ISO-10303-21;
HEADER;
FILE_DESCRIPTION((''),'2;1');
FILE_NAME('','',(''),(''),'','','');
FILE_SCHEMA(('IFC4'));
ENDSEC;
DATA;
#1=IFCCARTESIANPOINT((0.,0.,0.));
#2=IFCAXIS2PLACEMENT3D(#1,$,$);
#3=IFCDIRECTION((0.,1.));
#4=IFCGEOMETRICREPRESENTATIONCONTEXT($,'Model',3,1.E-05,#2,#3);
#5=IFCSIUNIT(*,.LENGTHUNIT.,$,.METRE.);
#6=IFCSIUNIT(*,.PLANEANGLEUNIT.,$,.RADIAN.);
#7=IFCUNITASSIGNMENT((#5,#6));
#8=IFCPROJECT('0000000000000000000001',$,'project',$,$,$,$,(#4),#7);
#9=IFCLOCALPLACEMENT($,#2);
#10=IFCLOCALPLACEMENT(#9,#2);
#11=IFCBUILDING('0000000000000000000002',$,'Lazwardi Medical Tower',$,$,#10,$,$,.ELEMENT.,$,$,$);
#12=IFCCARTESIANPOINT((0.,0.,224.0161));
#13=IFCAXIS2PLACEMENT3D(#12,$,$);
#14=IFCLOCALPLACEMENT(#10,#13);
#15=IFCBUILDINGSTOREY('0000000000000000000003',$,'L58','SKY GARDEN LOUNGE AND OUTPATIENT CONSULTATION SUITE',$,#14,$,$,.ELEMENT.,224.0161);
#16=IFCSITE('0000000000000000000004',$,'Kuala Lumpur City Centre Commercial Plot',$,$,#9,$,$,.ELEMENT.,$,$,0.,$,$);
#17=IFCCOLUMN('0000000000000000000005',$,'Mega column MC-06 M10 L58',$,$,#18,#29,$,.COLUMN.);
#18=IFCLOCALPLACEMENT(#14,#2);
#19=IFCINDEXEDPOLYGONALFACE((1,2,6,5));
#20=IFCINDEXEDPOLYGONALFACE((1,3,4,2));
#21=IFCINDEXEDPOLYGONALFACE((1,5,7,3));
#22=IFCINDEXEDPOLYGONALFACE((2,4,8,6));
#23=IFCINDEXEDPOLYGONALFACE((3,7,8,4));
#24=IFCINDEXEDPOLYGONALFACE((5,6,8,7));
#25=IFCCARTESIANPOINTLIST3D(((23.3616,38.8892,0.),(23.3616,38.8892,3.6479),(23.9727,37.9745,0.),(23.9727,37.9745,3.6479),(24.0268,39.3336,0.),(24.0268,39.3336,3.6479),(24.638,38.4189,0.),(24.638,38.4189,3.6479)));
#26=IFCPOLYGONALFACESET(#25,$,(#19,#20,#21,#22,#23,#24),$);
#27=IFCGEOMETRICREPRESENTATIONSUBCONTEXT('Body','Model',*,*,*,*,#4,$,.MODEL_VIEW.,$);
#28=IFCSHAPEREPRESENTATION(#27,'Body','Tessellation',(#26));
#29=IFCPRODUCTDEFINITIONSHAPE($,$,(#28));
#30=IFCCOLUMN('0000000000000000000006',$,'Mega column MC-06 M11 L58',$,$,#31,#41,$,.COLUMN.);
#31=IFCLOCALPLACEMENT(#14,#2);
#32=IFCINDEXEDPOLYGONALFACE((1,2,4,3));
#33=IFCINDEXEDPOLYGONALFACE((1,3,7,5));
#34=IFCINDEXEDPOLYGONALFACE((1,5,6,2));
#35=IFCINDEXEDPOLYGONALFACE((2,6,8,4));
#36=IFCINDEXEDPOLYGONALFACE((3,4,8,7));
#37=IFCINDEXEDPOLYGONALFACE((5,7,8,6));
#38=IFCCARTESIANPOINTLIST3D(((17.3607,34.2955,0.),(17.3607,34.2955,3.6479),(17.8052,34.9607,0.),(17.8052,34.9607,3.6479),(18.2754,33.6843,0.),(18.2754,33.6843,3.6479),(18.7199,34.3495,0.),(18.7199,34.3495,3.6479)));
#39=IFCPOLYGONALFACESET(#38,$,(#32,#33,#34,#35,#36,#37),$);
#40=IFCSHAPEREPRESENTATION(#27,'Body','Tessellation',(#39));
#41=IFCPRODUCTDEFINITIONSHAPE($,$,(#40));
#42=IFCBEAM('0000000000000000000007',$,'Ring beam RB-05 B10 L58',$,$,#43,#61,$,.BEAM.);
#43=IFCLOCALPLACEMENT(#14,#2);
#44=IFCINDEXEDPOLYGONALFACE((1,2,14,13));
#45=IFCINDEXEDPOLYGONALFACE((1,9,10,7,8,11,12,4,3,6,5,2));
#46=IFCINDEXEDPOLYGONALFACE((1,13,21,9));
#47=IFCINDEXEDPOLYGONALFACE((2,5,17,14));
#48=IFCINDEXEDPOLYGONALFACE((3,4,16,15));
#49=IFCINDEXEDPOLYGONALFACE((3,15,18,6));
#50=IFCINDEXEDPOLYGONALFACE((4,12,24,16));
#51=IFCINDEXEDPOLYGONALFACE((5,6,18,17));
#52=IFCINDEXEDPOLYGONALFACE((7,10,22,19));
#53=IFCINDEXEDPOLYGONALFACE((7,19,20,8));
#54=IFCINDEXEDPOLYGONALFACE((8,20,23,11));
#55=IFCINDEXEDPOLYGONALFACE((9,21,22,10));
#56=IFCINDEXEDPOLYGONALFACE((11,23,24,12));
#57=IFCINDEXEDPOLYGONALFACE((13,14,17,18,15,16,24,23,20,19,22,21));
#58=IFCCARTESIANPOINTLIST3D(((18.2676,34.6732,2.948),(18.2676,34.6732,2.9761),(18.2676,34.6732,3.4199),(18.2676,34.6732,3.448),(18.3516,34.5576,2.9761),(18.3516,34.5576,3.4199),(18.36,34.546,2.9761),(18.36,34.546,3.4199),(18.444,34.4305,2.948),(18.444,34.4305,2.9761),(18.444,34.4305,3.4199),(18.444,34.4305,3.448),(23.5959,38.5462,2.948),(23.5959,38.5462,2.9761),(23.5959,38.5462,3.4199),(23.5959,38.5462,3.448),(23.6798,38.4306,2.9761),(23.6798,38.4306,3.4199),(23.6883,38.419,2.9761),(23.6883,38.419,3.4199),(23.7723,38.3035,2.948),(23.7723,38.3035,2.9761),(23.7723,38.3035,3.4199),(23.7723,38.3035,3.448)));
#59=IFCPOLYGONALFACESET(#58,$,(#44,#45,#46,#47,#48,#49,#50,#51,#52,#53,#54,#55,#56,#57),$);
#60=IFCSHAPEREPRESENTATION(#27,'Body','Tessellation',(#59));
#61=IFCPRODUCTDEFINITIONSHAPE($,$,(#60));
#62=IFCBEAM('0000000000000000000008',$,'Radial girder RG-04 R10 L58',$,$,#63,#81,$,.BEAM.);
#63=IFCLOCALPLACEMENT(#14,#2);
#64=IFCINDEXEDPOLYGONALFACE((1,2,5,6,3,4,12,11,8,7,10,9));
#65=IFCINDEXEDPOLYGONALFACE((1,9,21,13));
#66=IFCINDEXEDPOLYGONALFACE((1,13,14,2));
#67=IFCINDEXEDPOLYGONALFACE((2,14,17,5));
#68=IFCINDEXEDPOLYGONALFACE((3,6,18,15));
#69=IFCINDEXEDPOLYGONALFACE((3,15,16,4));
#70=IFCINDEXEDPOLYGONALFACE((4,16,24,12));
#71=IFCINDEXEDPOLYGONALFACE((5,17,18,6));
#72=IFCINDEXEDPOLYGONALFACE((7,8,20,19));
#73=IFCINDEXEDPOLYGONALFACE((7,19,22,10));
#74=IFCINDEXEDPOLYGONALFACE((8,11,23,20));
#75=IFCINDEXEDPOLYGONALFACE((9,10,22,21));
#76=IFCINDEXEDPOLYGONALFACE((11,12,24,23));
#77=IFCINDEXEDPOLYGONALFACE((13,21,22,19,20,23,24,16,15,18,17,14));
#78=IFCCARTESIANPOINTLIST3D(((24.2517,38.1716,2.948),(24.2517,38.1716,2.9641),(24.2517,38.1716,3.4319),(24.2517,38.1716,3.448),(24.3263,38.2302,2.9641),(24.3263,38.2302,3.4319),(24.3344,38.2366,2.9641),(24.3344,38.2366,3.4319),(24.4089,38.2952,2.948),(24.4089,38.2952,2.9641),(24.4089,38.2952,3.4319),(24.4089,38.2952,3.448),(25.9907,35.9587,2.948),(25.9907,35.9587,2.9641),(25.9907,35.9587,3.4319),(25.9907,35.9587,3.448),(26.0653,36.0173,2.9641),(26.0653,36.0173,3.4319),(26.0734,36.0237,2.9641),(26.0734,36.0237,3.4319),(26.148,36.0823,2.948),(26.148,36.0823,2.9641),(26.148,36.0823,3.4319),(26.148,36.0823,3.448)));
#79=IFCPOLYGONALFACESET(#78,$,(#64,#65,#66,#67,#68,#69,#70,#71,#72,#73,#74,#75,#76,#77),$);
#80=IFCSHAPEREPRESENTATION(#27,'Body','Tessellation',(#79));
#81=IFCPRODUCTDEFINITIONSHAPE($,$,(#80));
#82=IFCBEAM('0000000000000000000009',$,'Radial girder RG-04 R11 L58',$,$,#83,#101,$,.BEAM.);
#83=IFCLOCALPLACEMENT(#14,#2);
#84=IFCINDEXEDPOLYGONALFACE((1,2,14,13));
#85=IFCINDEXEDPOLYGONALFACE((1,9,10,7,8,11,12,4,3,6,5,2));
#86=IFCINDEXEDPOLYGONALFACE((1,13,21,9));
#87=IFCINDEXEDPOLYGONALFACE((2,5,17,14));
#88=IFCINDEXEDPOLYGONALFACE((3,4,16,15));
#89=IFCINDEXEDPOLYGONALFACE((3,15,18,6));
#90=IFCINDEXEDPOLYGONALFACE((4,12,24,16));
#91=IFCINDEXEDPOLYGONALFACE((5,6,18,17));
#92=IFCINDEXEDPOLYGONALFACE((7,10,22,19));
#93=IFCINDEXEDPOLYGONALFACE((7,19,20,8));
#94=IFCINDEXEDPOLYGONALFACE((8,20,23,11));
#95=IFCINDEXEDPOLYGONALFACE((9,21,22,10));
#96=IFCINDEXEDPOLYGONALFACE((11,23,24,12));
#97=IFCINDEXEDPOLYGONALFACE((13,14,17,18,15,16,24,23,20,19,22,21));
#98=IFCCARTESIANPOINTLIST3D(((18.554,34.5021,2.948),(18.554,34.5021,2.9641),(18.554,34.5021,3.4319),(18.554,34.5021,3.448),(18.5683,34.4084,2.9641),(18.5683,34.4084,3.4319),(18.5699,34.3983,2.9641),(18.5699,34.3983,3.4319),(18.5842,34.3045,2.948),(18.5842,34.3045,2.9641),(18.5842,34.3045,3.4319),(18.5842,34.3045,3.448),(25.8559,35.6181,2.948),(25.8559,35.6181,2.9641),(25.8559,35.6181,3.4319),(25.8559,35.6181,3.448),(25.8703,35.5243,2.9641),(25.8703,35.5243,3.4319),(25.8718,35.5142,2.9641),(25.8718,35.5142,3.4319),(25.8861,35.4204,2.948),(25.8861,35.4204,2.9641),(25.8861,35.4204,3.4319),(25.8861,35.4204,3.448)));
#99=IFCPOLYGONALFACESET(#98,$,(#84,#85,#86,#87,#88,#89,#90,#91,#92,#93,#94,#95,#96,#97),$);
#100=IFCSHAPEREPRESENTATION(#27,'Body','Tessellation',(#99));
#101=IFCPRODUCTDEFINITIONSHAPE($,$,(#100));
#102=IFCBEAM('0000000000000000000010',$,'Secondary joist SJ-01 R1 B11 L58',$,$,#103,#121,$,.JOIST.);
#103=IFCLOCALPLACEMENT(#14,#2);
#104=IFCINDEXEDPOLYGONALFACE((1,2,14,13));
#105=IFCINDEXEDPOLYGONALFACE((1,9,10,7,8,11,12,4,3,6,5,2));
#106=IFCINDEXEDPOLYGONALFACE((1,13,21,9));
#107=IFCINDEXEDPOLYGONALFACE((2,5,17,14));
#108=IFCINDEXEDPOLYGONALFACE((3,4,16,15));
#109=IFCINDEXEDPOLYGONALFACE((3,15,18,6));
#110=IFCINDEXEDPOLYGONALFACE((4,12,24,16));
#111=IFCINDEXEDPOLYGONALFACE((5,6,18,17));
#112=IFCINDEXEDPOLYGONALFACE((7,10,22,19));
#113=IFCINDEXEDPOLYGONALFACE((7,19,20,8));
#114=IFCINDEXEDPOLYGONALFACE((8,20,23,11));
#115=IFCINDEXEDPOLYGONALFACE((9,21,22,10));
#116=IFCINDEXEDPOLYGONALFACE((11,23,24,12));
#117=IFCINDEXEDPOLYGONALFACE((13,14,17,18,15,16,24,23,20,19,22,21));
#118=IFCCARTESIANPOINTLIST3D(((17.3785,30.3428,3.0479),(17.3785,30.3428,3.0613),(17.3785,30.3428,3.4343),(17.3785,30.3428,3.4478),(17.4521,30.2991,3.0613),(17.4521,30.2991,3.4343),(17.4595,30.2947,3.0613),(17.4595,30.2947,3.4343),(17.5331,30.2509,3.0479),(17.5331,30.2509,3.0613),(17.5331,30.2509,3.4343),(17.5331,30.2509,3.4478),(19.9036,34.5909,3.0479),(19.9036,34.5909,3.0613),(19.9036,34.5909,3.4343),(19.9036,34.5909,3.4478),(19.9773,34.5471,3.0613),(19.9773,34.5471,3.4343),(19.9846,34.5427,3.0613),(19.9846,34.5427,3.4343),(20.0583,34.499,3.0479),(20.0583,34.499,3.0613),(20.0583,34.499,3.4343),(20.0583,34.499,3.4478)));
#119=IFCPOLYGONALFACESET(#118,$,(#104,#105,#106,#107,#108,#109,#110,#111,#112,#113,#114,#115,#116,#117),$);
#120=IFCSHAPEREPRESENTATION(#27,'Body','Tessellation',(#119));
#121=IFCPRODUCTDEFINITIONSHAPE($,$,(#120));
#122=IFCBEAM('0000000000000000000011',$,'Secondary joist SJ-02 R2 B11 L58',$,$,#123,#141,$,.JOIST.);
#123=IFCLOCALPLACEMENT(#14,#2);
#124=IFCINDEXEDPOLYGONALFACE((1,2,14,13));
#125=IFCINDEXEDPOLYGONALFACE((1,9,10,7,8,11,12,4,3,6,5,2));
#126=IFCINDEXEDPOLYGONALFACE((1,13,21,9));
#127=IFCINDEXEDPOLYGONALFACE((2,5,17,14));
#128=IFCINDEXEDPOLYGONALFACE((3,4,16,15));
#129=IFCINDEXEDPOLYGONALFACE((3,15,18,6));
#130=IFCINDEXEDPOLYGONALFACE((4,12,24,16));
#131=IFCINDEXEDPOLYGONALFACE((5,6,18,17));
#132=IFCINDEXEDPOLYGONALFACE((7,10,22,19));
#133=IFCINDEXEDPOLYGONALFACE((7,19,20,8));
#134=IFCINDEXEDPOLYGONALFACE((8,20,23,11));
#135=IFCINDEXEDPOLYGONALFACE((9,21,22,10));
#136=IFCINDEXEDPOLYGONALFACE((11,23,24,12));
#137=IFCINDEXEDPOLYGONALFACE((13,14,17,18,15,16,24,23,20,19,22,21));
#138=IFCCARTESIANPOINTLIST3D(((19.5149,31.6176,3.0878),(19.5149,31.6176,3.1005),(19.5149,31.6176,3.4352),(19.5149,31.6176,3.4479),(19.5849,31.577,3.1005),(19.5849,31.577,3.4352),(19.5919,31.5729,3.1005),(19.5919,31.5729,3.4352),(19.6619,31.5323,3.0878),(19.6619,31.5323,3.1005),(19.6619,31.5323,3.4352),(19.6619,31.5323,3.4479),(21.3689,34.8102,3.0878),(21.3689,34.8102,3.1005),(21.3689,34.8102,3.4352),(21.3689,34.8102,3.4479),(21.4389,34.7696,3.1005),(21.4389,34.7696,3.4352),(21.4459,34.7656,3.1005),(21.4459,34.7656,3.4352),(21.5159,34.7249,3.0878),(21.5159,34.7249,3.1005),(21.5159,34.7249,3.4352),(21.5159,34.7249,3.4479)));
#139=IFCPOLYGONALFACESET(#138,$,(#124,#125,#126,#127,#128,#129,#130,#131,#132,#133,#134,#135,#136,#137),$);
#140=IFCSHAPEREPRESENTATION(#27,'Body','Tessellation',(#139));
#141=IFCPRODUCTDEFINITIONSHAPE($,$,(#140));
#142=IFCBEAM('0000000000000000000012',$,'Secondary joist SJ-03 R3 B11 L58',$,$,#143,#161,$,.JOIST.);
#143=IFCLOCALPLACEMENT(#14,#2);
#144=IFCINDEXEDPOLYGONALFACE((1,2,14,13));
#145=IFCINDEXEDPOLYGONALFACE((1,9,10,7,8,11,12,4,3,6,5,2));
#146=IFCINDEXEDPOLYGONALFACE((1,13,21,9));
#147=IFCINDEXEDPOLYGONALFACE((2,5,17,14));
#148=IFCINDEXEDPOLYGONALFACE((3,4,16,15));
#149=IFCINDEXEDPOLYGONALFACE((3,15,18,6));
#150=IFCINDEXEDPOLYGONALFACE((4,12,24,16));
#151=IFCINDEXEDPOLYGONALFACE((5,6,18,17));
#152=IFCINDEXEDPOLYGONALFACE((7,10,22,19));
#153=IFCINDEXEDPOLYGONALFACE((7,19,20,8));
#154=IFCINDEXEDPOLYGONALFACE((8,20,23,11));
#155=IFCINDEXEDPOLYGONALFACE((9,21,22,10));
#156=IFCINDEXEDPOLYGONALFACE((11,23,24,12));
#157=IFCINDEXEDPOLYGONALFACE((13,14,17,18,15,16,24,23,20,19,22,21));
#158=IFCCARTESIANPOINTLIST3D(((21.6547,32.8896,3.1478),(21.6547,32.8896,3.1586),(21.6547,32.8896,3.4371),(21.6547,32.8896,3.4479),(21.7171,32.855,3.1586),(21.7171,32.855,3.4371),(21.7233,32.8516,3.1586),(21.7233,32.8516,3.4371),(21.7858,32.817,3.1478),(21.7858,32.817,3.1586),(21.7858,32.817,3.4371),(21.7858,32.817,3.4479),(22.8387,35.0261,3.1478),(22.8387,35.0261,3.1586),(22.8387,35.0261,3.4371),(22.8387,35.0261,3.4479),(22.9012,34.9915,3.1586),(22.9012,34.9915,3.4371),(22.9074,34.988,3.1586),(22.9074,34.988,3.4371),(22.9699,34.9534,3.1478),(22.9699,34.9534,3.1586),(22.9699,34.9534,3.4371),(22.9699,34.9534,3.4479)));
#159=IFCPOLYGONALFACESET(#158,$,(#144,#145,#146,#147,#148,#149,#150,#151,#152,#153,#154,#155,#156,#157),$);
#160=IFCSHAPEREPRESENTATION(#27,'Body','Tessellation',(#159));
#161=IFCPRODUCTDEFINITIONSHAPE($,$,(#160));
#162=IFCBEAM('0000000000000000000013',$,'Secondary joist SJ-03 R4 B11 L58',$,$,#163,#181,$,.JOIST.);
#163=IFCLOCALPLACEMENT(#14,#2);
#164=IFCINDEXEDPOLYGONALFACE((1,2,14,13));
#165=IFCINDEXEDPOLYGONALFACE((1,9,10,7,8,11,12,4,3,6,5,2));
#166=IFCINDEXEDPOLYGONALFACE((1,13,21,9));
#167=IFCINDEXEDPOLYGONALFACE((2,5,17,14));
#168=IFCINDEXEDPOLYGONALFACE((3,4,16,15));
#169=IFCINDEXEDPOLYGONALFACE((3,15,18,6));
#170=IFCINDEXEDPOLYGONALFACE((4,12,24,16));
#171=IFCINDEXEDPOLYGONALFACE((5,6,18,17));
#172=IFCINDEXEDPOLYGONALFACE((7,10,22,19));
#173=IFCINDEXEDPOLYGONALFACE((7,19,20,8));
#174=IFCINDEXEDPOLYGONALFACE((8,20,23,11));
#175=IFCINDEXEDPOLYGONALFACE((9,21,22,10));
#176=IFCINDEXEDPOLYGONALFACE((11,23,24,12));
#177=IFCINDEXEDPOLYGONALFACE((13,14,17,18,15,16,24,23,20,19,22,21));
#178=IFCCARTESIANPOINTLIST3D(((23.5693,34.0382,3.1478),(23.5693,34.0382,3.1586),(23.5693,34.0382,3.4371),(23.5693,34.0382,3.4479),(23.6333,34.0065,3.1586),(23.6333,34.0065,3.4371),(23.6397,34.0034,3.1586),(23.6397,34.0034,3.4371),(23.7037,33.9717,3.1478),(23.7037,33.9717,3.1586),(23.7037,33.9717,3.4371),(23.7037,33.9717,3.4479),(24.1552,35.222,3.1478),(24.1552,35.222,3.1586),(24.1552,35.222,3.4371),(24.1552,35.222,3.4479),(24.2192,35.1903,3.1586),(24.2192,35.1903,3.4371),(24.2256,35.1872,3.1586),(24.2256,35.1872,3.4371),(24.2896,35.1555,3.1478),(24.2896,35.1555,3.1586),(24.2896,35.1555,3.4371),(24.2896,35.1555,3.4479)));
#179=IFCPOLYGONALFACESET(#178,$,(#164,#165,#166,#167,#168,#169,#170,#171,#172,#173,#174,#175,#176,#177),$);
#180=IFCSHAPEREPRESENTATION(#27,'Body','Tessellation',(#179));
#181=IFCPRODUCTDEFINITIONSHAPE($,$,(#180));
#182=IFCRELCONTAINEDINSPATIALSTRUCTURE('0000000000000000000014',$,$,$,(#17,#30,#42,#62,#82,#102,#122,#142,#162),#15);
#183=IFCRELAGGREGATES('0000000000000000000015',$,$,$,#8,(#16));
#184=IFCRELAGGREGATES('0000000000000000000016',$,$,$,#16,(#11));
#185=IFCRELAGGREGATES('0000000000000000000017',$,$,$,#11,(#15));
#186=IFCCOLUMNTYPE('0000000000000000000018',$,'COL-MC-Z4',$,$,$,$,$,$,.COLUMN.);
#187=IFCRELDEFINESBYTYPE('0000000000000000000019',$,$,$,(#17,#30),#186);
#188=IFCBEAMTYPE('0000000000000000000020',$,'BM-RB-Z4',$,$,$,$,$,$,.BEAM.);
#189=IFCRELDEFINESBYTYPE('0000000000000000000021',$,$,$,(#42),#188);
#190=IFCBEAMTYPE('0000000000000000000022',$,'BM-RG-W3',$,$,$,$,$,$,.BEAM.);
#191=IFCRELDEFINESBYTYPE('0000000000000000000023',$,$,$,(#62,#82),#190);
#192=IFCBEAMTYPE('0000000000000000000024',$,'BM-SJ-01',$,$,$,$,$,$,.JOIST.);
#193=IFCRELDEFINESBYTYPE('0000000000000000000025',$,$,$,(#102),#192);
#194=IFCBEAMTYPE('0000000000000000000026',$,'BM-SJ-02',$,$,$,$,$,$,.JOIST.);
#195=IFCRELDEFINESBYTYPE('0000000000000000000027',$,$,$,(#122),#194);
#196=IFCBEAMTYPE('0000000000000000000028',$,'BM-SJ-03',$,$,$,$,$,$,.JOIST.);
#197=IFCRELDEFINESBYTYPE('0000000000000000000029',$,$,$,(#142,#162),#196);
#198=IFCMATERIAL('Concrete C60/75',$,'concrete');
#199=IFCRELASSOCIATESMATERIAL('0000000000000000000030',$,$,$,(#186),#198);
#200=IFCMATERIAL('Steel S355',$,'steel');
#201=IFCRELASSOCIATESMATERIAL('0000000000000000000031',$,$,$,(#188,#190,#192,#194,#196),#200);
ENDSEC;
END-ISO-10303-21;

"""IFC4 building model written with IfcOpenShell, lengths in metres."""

from ifc_helpers import new_model, si_unit, direction, frame, origin, origin_2d, place, context, subcontext, project, spatial, rectangle, i_section, extrude, material, material_profile, profile_set, type_object, element, save


model = new_model("IFC4")

# Units and contexts
model_context = context("Model", 3, precision=1e-05, world=origin(), true_north=direction((0.0, 1.0)))
body_context = subcontext(model_context, "Body", "Model", "MODEL_VIEW")
ifc_project = project(units=[si_unit("LENGTHUNIT", "METRE"), si_unit("PLANEANGLEUNIT", "RADIAN")], contexts=[model_context])

# Site, building, storey
site_placement = place(None, origin())
site = spatial("IfcSite", under=ifc_project, at=site_placement, Name="Kuala Lumpur City Centre Commercial Plot", CompositionType="ELEMENT", RefElevation=0.0)
building_placement = place(site_placement, origin())
building = spatial("IfcBuilding", under=site, at=building_placement, Name="Lazwardi Medical Tower", CompositionType="ELEMENT")
storey_placement = place(building_placement, frame((0.0, 0.0, 224.0161)))
storey = spatial("IfcBuildingStorey", under=building, at=storey_placement, Name="L58", Description="SKY GARDEN LOUNGE AND OUTPATIENT CONSULTATION SUITE", CompositionType="ELEMENT", Elevation=224.0161)

# Columns
ifc_material_1 = material(Name="Concrete C60/75", Category="concrete")
ifc_material_profile_1 = material_profile(ifc_material_1, rectangle(XDim=1.1001, YDim=0.8, at=origin_2d()), Name="CFT-RECT 1100x800")
ifc_profile_set_1 = profile_set([ifc_material_profile_1], Name="Concrete C60/75")
column_type = type_object("IfcColumnType", Name="COL-MC-Z4", PredefinedType="COLUMN", material=ifc_profile_set_1)
for number, where, z_axis, x_axis, name in (
    (1, (23.9998, 38.6541, 0.0), (0.0, 0.0, 1.0), (-0.55557, 0.83147, 0.0), "Mega column MC-06 M10 L58"),
    (2, (18.0403, 34.3225, 0.0), (0.0, 0.0, 1.0), (-0.83147, 0.55557, 0.0), "Mega column MC-06 M11 L58"),
):
    element("IfcColumn", number, at=place(storey_placement, frame(where, z_axis=z_axis, x_axis=x_axis)), inside=storey, type_object=column_type, Name=name, PredefinedType="COLUMN", context=body_context, shape_type="SweptSolid", body=[
        extrude(rectangle(XDim=1.1001, YDim=0.8, at=origin_2d()), origin(), (0.0, 0.0, 1.0), 3.6479),
    ])

# Beams
ifc_material_2 = material(Name="Steel S355", Category="steel")
ifc_material_profile_2 = material_profile(ifc_material_2, i_section(OverallWidth=0.3, OverallDepth=0.5, WebThickness=0.0144, FlangeThickness=0.0281, at=origin_2d()), Name="HEB 500")
ifc_profile_set_2 = profile_set([ifc_material_profile_2], Name="Steel S355")
beam_type_1 = type_object("IfcBeamType", Name="BM-RB-Z4", PredefinedType="BEAM", material=ifc_profile_set_2)
beam_1_placement = place(storey_placement, frame((23.6841, 38.4248, 3.198), z_axis=(-0.80889, -0.58796, 0.0), x_axis=(0.58796, -0.80889, 0.0)))
element("IfcBeam", 3, at=beam_1_placement, inside=storey, type_object=beam_type_1, Name="Ring beam RB-05 B10 L58", PredefinedType="BEAM", context=body_context, shape_type="SweptSolid", body=[
    extrude(i_section(OverallWidth=0.3, OverallDepth=0.5, WebThickness=0.0144, FlangeThickness=0.0281, at=origin_2d()), origin(), (0.0, 0.0, 1.0), 6.5872),
])
ifc_material_profile_3 = material_profile(ifc_material_2, i_section(OverallWidth=0.2, OverallDepth=0.5, WebThickness=0.0103, FlangeThickness=0.0161, at=origin_2d()), Name="IPE 500")
ifc_profile_set_3 = profile_set([ifc_material_profile_3], Name="Steel S355")
beam_type_2 = type_object("IfcBeamType", Name="BM-RG-W3", PredefinedType="BEAM", material=ifc_profile_set_3)
beam_2_placement = place(storey_placement, frame((24.3303, 38.2334, 3.198), z_axis=(0.617891, -0.786264, 0.0), x_axis=(0.786264, 0.617891, 0.0)))
element("IfcBeam", 4, at=beam_2_placement, inside=storey, type_object=beam_type_2, Name="Radial girder RG-04 R10 L58", PredefinedType="BEAM", context=body_context, shape_type="SweptSolid", body=[
    extrude(i_section(OverallWidth=0.2, OverallDepth=0.5, WebThickness=0.0103, FlangeThickness=0.0161, at=origin_2d()), origin(), (0.0, 0.0, 1.0), 2.8145),
])
beam_3_placement = place(storey_placement, frame((18.5691, 34.4033, 3.198), z_axis=(0.988522, 0.151076, 0.0), x_axis=(-0.151076, 0.988522, 0.0)))
element("IfcBeam", 5, at=beam_3_placement, inside=storey, type_object=beam_type_2, Name="Radial girder RG-04 R11 L58", PredefinedType="BEAM", context=body_context, shape_type="SweptSolid", body=[
    extrude(i_section(OverallWidth=0.2, OverallDepth=0.5, WebThickness=0.0103, FlangeThickness=0.0161, at=origin_2d()), origin(), (0.0, 0.0, 1.0), 7.3867),
])
ifc_material_profile_4 = material_profile(ifc_material_2, i_section(OverallWidth=0.1799, OverallDepth=0.3999, WebThickness=0.0085, FlangeThickness=0.0134, at=origin_2d()), Name="IPE 400")
ifc_profile_set_4 = profile_set([ifc_material_profile_4], Name="Steel S355")
beam_type_3 = type_object("IfcBeamType", Name="BM-SJ-01", PredefinedType="JOIST", material=ifc_profile_set_4)
beam_4_placement = place(storey_placement, frame((19.981, 34.5449, 3.2478), z_axis=(-0.510968, -0.8596, 0.0), x_axis=(0.8596, -0.510968, 0.0)))
element("IfcBeam", 6, at=beam_4_placement, inside=storey, type_object=beam_type_3, Name="Secondary joist SJ-01 R1 B11 L58", PredefinedType="JOIST", context=body_context, shape_type="SweptSolid", body=[
    extrude(i_section(OverallWidth=0.1799, OverallDepth=0.3999, WebThickness=0.0085, FlangeThickness=0.0134, at=origin_2d()), origin(), (0.0, 0.0, 1.0), 4.9419),
])
ifc_material_profile_5 = material_profile(ifc_material_2, i_section(OverallWidth=0.1699, OverallDepth=0.3601, WebThickness=0.0081, FlangeThickness=0.0127, at=origin_2d()), Name="IPE 360")
ifc_profile_set_5 = profile_set([ifc_material_profile_5], Name="Steel S355")
beam_type_4 = type_object("IfcBeamType", Name="BM-SJ-02", PredefinedType="JOIST", material=ifc_profile_set_5)
beam_5_placement = place(storey_placement, frame((21.4424, 34.7676, 3.2678), z_axis=(-0.50218, -0.864763, 0.0), x_axis=(0.864763, -0.50218, 0.0)))
element("IfcBeam", 7, at=beam_5_placement, inside=storey, type_object=beam_type_4, Name="Secondary joist SJ-02 R2 B11 L58", PredefinedType="JOIST", context=body_context, shape_type="SweptSolid", body=[
    extrude(i_section(OverallWidth=0.1699, OverallDepth=0.3601, WebThickness=0.0081, FlangeThickness=0.0127, at=origin_2d()), origin(), (0.0, 0.0, 1.0), 3.6919),
])
ifc_material_profile_6 = material_profile(ifc_material_2, i_section(OverallWidth=0.1499, OverallDepth=0.3, WebThickness=0.0071, FlangeThickness=0.0107, at=origin_2d()), Name="IPE 300")
ifc_profile_set_6 = profile_set([ifc_material_profile_6], Name="Steel S355")
beam_type_5 = type_object("IfcBeamType", Name="BM-SJ-03", PredefinedType="JOIST", material=ifc_profile_set_6)
beam_6_placement = place(storey_placement, frame((22.9043, 34.9897, 3.2979), z_axis=(-0.484752, -0.874652, 0.0), x_axis=(0.874652, -0.484752, 0.0)))
element("IfcBeam", 8, at=beam_6_placement, inside=storey, type_object=beam_type_5, Name="Secondary joist SJ-03 R3 B11 L58", PredefinedType="JOIST", context=body_context, shape_type="SweptSolid", body=[
    extrude(i_section(OverallWidth=0.1499, OverallDepth=0.3, WebThickness=0.0071, FlangeThickness=0.0107, at=origin_2d()), origin(), (0.0, 0.0, 1.0), 2.4426),
])
beam_7_placement = place(storey_placement, frame((24.2224, 35.1887, 3.2979), z_axis=(-0.443587, -0.896231, 0.0), x_axis=(0.896231, -0.443587, 0.0)))
element("IfcBeam", 9, at=beam_7_placement, inside=storey, type_object=beam_type_5, Name="Secondary joist SJ-03 R4 B11 L58", PredefinedType="JOIST", context=body_context, shape_type="SweptSolid", body=[
    extrude(i_section(OverallWidth=0.1499, OverallDepth=0.3, WebThickness=0.0071, FlangeThickness=0.0107, at=origin_2d()), origin(), (0.0, 0.0, 1.0), 1.3208),
])

save(model, "model.ifc")
